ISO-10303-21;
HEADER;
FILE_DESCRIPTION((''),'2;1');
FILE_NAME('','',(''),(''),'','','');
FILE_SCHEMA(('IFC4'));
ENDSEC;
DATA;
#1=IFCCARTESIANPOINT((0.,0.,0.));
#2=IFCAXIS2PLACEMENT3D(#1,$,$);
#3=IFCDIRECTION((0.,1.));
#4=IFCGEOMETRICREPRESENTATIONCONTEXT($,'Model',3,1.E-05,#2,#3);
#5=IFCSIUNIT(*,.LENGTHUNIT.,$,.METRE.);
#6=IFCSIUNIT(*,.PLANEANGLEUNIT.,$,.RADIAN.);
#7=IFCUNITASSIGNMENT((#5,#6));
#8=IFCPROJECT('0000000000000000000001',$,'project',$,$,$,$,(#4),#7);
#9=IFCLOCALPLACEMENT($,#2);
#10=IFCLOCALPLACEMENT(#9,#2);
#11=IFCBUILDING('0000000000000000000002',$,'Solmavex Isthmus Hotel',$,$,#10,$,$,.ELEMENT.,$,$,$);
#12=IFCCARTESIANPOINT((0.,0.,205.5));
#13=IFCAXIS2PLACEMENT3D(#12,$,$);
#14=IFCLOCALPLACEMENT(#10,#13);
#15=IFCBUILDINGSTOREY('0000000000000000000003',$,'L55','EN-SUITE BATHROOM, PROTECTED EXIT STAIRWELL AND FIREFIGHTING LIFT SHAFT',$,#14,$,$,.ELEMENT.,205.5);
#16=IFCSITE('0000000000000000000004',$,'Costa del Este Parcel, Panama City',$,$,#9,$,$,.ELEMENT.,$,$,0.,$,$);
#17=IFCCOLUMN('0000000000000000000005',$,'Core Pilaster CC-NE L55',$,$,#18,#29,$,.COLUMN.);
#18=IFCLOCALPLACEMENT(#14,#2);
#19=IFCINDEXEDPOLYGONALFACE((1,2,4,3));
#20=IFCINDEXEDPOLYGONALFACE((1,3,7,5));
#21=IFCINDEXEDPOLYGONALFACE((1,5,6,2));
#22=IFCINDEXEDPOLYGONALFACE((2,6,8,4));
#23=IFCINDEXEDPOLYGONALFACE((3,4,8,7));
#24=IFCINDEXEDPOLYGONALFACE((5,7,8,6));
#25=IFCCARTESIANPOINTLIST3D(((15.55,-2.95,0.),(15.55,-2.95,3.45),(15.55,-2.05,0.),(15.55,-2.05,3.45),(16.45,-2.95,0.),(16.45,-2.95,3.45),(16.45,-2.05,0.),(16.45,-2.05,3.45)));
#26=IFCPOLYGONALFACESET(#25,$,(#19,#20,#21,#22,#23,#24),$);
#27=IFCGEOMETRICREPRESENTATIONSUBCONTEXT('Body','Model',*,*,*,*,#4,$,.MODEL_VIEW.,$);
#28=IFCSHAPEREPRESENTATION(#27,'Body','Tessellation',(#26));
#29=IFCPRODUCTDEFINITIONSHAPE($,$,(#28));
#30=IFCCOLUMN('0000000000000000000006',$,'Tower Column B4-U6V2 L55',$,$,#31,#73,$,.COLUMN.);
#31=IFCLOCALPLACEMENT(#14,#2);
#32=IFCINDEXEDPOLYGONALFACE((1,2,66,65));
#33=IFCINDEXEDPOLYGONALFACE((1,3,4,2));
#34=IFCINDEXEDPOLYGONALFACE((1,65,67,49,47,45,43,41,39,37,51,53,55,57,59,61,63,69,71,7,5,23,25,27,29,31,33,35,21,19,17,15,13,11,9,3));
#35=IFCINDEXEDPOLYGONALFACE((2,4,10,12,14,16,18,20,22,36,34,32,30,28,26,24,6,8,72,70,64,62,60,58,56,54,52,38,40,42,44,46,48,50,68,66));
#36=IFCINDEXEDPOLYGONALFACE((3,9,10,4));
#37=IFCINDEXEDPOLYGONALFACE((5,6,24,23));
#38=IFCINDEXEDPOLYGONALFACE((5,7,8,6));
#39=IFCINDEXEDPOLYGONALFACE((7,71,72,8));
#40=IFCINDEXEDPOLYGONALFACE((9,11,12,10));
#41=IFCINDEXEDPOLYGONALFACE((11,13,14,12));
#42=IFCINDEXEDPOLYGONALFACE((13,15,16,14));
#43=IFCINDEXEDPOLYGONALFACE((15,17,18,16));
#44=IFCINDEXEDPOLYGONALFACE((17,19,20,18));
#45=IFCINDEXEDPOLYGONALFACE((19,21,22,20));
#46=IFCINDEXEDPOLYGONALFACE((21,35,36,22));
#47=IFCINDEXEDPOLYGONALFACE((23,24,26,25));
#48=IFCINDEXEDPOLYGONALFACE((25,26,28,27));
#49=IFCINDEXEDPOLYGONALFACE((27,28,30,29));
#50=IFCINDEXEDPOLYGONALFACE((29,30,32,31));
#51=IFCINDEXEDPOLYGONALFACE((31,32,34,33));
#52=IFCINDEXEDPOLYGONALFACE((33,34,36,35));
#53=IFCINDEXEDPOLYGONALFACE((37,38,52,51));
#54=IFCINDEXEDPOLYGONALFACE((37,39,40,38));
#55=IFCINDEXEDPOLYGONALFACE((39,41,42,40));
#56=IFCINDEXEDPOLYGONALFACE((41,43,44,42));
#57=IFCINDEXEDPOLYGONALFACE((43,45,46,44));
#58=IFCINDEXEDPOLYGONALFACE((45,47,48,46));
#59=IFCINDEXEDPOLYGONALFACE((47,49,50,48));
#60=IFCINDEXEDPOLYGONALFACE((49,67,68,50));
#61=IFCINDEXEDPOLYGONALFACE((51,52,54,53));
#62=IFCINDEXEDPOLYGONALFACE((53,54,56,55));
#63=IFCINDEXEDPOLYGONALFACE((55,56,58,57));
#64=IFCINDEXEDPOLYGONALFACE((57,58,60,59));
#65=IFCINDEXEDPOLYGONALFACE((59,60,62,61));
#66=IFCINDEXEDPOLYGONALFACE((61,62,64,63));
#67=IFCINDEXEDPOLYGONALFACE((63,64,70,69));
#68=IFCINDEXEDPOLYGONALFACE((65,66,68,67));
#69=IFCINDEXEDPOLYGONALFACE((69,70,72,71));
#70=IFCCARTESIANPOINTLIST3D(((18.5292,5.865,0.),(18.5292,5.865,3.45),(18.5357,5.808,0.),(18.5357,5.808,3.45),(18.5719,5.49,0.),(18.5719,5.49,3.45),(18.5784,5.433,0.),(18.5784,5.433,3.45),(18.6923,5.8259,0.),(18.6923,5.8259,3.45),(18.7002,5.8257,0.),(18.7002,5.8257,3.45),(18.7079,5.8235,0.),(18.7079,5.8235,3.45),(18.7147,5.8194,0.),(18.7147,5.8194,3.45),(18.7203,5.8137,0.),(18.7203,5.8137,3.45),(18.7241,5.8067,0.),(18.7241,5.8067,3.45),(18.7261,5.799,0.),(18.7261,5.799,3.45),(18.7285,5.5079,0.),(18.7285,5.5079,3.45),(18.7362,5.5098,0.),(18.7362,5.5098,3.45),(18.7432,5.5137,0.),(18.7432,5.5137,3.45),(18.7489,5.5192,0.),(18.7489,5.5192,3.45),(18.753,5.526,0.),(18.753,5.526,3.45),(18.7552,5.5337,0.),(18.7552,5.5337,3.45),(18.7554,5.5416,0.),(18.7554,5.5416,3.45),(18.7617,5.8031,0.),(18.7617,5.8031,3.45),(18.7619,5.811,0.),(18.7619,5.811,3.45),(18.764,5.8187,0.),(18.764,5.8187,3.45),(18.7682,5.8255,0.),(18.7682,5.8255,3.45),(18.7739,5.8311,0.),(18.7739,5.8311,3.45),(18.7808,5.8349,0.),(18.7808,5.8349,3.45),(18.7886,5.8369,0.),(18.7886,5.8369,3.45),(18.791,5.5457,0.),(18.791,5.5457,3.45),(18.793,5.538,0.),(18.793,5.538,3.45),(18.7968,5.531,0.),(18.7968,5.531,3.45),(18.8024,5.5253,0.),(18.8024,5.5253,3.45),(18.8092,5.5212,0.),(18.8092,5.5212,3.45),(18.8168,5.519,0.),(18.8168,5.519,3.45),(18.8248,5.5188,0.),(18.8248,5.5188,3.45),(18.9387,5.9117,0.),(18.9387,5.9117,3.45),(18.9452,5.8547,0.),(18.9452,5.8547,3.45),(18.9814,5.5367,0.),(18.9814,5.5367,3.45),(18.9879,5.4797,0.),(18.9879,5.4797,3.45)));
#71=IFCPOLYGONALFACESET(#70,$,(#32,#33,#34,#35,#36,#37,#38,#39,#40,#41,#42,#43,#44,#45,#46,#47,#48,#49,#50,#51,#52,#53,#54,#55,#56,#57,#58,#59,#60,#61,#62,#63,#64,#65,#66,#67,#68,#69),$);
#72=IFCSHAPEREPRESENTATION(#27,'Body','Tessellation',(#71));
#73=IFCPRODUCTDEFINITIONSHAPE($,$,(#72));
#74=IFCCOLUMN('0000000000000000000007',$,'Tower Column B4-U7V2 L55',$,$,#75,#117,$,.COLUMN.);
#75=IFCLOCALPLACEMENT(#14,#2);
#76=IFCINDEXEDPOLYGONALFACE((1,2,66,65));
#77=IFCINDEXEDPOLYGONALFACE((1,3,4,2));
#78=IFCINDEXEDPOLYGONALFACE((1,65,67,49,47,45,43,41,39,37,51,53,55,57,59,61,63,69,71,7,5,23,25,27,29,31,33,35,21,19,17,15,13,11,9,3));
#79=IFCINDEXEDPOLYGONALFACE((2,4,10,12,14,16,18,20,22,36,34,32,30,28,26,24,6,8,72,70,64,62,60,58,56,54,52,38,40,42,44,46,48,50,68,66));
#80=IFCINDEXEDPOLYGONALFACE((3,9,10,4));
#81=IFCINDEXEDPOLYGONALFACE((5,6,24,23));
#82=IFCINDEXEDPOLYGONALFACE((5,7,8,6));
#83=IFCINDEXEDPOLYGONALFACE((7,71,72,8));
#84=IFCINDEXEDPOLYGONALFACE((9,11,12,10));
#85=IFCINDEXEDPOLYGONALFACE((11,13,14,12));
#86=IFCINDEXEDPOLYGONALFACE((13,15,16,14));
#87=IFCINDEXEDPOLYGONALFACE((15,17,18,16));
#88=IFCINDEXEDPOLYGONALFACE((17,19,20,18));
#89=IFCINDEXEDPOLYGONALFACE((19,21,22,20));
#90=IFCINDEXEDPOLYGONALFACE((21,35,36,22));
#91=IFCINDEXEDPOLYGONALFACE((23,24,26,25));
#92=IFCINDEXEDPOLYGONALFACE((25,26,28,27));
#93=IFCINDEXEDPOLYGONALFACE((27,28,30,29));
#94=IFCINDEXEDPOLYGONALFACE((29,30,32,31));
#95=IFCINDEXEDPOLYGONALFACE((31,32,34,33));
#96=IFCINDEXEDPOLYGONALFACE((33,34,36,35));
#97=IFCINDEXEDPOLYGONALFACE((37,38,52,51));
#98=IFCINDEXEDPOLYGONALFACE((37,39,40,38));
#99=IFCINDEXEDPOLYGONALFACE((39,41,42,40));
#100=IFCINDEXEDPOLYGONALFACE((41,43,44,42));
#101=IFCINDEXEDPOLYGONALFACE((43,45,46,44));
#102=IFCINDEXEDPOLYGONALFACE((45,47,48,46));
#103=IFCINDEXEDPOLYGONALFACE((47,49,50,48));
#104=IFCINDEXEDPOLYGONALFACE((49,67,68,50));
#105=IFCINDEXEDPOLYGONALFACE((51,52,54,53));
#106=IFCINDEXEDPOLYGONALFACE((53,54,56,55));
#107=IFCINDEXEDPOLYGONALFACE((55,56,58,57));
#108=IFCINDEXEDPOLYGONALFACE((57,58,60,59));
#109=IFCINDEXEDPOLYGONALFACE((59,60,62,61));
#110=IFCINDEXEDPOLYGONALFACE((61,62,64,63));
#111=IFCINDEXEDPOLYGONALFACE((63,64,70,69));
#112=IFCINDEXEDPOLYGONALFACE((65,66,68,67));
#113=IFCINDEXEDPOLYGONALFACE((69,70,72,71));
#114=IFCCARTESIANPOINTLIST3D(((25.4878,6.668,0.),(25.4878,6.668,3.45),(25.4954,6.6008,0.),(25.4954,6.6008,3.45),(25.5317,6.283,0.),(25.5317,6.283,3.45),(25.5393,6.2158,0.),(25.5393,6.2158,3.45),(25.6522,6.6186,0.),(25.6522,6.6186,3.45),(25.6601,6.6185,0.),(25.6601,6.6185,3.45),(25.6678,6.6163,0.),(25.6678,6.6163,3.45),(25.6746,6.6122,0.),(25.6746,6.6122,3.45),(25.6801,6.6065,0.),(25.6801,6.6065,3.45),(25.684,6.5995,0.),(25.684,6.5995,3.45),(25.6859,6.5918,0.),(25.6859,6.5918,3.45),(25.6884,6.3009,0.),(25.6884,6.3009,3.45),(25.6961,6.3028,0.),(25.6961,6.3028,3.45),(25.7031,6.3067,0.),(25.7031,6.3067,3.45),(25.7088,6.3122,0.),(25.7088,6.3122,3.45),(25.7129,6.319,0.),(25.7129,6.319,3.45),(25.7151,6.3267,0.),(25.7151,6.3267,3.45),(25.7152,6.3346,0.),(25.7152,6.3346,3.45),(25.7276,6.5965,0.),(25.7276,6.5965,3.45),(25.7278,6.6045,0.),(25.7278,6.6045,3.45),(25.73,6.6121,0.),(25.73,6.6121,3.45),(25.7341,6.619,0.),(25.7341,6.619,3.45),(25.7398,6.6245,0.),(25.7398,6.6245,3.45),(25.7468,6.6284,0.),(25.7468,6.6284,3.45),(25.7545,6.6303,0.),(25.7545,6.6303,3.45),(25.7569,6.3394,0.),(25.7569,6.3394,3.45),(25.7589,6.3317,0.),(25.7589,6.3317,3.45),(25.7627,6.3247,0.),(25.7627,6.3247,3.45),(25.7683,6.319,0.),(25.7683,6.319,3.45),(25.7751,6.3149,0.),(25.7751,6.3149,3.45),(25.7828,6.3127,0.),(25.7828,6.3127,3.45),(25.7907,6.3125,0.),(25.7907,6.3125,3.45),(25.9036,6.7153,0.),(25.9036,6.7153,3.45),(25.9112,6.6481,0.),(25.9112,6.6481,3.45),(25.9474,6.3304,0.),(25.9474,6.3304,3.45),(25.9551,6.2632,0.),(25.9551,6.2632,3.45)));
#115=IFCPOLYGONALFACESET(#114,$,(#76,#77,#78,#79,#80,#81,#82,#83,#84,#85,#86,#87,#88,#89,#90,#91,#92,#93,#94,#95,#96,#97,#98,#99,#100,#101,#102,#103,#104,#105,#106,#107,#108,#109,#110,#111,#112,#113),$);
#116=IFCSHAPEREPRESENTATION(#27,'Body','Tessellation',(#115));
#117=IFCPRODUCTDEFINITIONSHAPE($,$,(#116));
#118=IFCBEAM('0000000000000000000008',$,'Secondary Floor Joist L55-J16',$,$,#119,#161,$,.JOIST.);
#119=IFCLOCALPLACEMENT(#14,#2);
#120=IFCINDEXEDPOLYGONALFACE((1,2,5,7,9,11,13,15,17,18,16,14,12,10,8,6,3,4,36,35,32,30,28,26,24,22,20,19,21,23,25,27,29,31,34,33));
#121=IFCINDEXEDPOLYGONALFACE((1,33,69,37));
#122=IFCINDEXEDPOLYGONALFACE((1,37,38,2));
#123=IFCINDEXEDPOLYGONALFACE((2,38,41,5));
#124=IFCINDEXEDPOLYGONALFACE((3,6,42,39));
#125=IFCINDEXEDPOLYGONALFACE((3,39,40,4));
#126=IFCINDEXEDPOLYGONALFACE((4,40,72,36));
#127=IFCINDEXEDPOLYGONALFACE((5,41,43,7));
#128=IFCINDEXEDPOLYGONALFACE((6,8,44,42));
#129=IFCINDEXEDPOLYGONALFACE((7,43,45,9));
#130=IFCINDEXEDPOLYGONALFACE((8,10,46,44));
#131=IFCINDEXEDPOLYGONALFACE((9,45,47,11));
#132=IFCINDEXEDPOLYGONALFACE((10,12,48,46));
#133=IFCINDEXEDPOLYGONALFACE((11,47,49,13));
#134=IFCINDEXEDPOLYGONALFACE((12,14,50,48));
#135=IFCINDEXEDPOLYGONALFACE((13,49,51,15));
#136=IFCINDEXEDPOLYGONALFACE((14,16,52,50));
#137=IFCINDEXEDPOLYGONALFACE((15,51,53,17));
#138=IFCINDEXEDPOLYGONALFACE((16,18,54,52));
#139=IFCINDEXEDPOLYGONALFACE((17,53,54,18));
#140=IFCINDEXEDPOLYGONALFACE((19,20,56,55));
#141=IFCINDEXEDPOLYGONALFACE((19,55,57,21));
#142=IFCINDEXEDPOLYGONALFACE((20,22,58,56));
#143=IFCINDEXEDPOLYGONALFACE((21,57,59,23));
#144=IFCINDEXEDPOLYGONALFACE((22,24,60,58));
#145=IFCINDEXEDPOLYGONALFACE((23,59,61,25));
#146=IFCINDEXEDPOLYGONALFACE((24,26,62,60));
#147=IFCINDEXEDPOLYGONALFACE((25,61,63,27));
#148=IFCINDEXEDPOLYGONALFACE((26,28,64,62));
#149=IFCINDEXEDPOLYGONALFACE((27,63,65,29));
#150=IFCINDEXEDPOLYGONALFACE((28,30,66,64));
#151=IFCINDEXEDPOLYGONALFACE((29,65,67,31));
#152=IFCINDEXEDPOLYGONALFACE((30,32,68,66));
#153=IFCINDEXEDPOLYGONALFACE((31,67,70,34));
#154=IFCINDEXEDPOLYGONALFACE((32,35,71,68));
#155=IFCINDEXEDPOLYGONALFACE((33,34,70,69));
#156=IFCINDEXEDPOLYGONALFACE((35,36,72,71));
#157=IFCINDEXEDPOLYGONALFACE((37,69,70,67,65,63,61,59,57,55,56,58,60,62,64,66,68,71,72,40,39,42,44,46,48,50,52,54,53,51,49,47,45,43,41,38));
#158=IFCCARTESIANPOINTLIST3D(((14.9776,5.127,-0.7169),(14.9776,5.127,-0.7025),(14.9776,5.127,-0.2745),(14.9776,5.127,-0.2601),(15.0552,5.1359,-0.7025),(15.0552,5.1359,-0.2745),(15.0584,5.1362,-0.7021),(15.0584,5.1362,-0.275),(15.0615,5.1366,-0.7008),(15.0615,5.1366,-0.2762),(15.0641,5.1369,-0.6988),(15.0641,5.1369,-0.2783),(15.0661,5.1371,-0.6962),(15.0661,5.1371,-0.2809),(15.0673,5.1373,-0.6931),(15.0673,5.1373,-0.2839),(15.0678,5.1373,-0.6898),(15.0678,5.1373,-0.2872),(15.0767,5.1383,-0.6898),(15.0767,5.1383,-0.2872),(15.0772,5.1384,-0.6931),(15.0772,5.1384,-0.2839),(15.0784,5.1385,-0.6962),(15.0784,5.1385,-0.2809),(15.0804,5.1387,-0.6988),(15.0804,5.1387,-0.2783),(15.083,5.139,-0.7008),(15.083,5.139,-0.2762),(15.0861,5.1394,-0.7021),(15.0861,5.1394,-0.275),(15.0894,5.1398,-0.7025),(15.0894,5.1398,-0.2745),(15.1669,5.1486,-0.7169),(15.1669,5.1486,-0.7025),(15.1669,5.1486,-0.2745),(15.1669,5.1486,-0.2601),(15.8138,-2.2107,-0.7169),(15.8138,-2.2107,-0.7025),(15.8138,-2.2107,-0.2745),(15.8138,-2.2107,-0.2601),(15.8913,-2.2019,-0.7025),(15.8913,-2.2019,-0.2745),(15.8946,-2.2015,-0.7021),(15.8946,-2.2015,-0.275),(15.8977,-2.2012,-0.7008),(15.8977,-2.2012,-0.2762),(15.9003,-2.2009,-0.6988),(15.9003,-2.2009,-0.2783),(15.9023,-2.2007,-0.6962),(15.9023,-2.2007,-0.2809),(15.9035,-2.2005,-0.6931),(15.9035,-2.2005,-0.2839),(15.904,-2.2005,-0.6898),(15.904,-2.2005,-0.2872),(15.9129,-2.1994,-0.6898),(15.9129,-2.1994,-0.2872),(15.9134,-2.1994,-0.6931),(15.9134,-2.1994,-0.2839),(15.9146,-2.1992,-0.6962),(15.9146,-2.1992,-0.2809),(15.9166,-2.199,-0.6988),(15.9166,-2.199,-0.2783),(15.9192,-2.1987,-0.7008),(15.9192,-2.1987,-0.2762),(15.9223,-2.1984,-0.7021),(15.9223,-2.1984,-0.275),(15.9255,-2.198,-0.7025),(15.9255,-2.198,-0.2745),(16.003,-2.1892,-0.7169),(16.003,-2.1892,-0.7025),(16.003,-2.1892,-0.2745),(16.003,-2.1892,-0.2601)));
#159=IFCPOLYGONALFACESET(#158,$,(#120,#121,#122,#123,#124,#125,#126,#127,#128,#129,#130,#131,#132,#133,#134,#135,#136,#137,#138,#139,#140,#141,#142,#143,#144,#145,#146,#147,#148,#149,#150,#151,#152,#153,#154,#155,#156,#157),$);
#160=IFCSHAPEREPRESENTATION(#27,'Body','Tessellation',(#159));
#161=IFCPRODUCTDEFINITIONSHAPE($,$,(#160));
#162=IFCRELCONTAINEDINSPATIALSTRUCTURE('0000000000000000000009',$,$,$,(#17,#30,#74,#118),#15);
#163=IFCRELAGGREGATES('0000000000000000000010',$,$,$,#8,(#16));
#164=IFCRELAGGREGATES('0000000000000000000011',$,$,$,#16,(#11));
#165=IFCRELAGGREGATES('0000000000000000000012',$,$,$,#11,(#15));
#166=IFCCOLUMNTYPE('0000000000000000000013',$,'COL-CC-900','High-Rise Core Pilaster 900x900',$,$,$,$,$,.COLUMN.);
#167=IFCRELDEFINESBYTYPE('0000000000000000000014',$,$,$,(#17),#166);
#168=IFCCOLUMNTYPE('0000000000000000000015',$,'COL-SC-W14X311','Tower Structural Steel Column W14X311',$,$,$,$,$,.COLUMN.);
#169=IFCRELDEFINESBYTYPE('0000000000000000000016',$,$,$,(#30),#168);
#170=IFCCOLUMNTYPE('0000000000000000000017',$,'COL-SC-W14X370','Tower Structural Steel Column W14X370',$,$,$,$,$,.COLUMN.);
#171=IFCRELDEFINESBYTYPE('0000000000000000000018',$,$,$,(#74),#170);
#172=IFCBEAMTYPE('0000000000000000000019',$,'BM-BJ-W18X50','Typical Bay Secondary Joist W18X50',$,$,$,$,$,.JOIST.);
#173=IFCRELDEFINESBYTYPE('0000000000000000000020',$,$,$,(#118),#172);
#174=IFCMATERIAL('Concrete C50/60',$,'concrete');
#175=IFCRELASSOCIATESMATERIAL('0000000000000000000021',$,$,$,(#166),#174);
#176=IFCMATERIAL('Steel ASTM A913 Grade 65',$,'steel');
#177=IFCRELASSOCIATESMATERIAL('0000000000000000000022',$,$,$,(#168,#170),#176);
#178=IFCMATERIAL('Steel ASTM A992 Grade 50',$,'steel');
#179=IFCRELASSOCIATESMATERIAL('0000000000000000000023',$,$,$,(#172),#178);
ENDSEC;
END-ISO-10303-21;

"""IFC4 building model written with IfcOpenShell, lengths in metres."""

from ifc_helpers import new_model, si_unit, direction, frame, origin, origin_2d, place, context, subcontext, project, spatial, rectangle, i_section, extrude, material, material_profile, profile_set, type_object, element, save


model = new_model("IFC4")

# Units and contexts
model_context = context("Model", 3, precision=1e-05, world=origin(), true_north=direction((0.0, 1.0)))
body_context = subcontext(model_context, "Body", "Model", "MODEL_VIEW")
ifc_project = project(units=[si_unit("LENGTHUNIT", "METRE"), si_unit("PLANEANGLEUNIT", "RADIAN")], contexts=[model_context])

# Site, building, storey
site_placement = place(None, origin())
site = spatial("IfcSite", under=ifc_project, at=site_placement, Name="Costa del Este Parcel, Panama City", CompositionType="ELEMENT", RefElevation=0.0)
building_placement = place(site_placement, origin())
building = spatial("IfcBuilding", under=site, at=building_placement, Name="Solmavex Isthmus Hotel", CompositionType="ELEMENT")
storey_placement = place(building_placement, frame((0.0, 0.0, 205.5)))
storey = spatial("IfcBuildingStorey", under=building, at=storey_placement, Name="L55", Description="EN-SUITE BATHROOM, PROTECTED EXIT STAIRWELL AND FIREFIGHTING LIFT SHAFT", CompositionType="ELEMENT", Elevation=205.5)

# Columns
ifc_material_1 = material(Name="Concrete C50/60", Category="concrete")
ifc_material_profile_1 = material_profile(ifc_material_1, rectangle(XDim=0.8999, YDim=0.8999, at=origin_2d()), Name="RC900X900")
ifc_profile_set_1 = profile_set([ifc_material_profile_1], Name="Concrete C50/60")
column_type_1 = type_object("IfcColumnType", Name="COL-CC-900", Description="High-Rise Core Pilaster 900x900", PredefinedType="COLUMN", material=ifc_profile_set_1)
column_1_placement = place(storey_placement, frame((16.0, -2.5, 0.0), z_axis=(0.0, 0.0, 1.0), x_axis=(1.0, 0.0, 0.0)))
element("IfcColumn", 1, at=column_1_placement, inside=storey, type_object=column_type_1, Name="Core Pilaster CC-NE L55", PredefinedType="COLUMN", context=body_context, shape_type="SweptSolid", body=[
    extrude(rectangle(XDim=0.8999, YDim=0.8999, at=origin_2d()), origin(), (0.0, 0.0, 1.0), 3.45),
])
ifc_material_2 = material(Name="Steel ASTM A913 Grade 65", Category="steel")
ifc_material_profile_2 = material_profile(ifc_material_2, i_section(OverallWidth=0.4121, OverallDepth=0.4348, WebThickness=0.0359, FlangeThickness=0.0574, FilletRadius=0.0305, at=origin_2d()), Name="W14X311")
ifc_profile_set_2 = profile_set([ifc_material_profile_2], Name="Steel ASTM A913 Grade 65")
column_type_2 = type_object("IfcColumnType", Name="COL-SC-W14X311", Description="Tower Structural Steel Column W14X311", PredefinedType="COLUMN", material=ifc_profile_set_2)
column_2_placement = place(storey_placement, frame((18.7585, 5.6724, 0.0), z_axis=(0.0, 0.0, 1.0), x_axis=(0.993572, 0.113203, 0.0)))
element("IfcColumn", 2, at=column_2_placement, inside=storey, type_object=column_type_2, Name="Tower Column B4-U6V2 L55", PredefinedType="COLUMN", context=body_context, shape_type="SweptSolid", body=[
    extrude(i_section(OverallWidth=0.4121, OverallDepth=0.4348, WebThickness=0.0359, FlangeThickness=0.0574, FilletRadius=0.0305, at=origin_2d()), origin(), (0.0, 0.0, 1.0), 3.45),
])
ifc_material_profile_3 = material_profile(ifc_material_2, i_section(OverallWidth=0.4185, OverallDepth=0.4551, WebThickness=0.042, FlangeThickness=0.0676, FilletRadius=0.0305, at=origin_2d()), Name="W14X370")
ifc_profile_set_3 = profile_set([ifc_material_profile_3], Name="Steel ASTM A913 Grade 65")
column_type_3 = type_object("IfcColumnType", Name="COL-SC-W14X370", Description="Tower Structural Steel Column W14X370", PredefinedType="COLUMN", material=ifc_profile_set_3)
column_3_placement = place(storey_placement, frame((25.7214, 6.4656, 0.0), z_axis=(0.0, 0.0, 1.0), x_axis=(0.993572, 0.113203, 0.0)))
element("IfcColumn", 3, at=column_3_placement, inside=storey, type_object=column_type_3, Name="Tower Column B4-U7V2 L55", PredefinedType="COLUMN", context=body_context, shape_type="SweptSolid", body=[
    extrude(i_section(OverallWidth=0.4185, OverallDepth=0.4551, WebThickness=0.042, FlangeThickness=0.0676, FilletRadius=0.0305, at=origin_2d()), origin(), (0.0, 0.0, 1.0), 3.45),
])

# Beam
ifc_material_3 = material(Name="Steel ASTM A992 Grade 50", Category="steel")
ifc_material_profile_4 = material_profile(ifc_material_3, i_section(OverallWidth=0.1904, OverallDepth=0.4568, WebThickness=0.009, FlangeThickness=0.0144, FilletRadius=0.0127, at=origin_2d()), Name="W18X50")
ifc_profile_set_4 = profile_set([ifc_material_profile_4], Name="Steel ASTM A992 Grade 50")
beam_type_1 = type_object("IfcBeamType", Name="BM-BJ-W18X50", Description="Typical Bay Secondary Joist W18X50", PredefinedType="JOIST", material=ifc_profile_set_4)
beam_1_placement = place(storey_placement, frame((15.9084, -2.2, -0.4885), z_axis=(-0.113225, 0.993569, 0.0), x_axis=(-0.993569, -0.113225, 0.0)))
element("IfcBeam", 4, at=beam_1_placement, inside=storey, type_object=beam_type_1, Name="Secondary Floor Joist L55-J16", PredefinedType="JOIST", context=body_context, shape_type="SweptSolid", body=[
    extrude(i_section(OverallWidth=0.1904, OverallDepth=0.4568, WebThickness=0.009, FlangeThickness=0.0144, FilletRadius=0.0127, at=origin_2d()), origin(), (0.0, 0.0, 1.0), 7.3853),
])

save(model, "model.ifc")
